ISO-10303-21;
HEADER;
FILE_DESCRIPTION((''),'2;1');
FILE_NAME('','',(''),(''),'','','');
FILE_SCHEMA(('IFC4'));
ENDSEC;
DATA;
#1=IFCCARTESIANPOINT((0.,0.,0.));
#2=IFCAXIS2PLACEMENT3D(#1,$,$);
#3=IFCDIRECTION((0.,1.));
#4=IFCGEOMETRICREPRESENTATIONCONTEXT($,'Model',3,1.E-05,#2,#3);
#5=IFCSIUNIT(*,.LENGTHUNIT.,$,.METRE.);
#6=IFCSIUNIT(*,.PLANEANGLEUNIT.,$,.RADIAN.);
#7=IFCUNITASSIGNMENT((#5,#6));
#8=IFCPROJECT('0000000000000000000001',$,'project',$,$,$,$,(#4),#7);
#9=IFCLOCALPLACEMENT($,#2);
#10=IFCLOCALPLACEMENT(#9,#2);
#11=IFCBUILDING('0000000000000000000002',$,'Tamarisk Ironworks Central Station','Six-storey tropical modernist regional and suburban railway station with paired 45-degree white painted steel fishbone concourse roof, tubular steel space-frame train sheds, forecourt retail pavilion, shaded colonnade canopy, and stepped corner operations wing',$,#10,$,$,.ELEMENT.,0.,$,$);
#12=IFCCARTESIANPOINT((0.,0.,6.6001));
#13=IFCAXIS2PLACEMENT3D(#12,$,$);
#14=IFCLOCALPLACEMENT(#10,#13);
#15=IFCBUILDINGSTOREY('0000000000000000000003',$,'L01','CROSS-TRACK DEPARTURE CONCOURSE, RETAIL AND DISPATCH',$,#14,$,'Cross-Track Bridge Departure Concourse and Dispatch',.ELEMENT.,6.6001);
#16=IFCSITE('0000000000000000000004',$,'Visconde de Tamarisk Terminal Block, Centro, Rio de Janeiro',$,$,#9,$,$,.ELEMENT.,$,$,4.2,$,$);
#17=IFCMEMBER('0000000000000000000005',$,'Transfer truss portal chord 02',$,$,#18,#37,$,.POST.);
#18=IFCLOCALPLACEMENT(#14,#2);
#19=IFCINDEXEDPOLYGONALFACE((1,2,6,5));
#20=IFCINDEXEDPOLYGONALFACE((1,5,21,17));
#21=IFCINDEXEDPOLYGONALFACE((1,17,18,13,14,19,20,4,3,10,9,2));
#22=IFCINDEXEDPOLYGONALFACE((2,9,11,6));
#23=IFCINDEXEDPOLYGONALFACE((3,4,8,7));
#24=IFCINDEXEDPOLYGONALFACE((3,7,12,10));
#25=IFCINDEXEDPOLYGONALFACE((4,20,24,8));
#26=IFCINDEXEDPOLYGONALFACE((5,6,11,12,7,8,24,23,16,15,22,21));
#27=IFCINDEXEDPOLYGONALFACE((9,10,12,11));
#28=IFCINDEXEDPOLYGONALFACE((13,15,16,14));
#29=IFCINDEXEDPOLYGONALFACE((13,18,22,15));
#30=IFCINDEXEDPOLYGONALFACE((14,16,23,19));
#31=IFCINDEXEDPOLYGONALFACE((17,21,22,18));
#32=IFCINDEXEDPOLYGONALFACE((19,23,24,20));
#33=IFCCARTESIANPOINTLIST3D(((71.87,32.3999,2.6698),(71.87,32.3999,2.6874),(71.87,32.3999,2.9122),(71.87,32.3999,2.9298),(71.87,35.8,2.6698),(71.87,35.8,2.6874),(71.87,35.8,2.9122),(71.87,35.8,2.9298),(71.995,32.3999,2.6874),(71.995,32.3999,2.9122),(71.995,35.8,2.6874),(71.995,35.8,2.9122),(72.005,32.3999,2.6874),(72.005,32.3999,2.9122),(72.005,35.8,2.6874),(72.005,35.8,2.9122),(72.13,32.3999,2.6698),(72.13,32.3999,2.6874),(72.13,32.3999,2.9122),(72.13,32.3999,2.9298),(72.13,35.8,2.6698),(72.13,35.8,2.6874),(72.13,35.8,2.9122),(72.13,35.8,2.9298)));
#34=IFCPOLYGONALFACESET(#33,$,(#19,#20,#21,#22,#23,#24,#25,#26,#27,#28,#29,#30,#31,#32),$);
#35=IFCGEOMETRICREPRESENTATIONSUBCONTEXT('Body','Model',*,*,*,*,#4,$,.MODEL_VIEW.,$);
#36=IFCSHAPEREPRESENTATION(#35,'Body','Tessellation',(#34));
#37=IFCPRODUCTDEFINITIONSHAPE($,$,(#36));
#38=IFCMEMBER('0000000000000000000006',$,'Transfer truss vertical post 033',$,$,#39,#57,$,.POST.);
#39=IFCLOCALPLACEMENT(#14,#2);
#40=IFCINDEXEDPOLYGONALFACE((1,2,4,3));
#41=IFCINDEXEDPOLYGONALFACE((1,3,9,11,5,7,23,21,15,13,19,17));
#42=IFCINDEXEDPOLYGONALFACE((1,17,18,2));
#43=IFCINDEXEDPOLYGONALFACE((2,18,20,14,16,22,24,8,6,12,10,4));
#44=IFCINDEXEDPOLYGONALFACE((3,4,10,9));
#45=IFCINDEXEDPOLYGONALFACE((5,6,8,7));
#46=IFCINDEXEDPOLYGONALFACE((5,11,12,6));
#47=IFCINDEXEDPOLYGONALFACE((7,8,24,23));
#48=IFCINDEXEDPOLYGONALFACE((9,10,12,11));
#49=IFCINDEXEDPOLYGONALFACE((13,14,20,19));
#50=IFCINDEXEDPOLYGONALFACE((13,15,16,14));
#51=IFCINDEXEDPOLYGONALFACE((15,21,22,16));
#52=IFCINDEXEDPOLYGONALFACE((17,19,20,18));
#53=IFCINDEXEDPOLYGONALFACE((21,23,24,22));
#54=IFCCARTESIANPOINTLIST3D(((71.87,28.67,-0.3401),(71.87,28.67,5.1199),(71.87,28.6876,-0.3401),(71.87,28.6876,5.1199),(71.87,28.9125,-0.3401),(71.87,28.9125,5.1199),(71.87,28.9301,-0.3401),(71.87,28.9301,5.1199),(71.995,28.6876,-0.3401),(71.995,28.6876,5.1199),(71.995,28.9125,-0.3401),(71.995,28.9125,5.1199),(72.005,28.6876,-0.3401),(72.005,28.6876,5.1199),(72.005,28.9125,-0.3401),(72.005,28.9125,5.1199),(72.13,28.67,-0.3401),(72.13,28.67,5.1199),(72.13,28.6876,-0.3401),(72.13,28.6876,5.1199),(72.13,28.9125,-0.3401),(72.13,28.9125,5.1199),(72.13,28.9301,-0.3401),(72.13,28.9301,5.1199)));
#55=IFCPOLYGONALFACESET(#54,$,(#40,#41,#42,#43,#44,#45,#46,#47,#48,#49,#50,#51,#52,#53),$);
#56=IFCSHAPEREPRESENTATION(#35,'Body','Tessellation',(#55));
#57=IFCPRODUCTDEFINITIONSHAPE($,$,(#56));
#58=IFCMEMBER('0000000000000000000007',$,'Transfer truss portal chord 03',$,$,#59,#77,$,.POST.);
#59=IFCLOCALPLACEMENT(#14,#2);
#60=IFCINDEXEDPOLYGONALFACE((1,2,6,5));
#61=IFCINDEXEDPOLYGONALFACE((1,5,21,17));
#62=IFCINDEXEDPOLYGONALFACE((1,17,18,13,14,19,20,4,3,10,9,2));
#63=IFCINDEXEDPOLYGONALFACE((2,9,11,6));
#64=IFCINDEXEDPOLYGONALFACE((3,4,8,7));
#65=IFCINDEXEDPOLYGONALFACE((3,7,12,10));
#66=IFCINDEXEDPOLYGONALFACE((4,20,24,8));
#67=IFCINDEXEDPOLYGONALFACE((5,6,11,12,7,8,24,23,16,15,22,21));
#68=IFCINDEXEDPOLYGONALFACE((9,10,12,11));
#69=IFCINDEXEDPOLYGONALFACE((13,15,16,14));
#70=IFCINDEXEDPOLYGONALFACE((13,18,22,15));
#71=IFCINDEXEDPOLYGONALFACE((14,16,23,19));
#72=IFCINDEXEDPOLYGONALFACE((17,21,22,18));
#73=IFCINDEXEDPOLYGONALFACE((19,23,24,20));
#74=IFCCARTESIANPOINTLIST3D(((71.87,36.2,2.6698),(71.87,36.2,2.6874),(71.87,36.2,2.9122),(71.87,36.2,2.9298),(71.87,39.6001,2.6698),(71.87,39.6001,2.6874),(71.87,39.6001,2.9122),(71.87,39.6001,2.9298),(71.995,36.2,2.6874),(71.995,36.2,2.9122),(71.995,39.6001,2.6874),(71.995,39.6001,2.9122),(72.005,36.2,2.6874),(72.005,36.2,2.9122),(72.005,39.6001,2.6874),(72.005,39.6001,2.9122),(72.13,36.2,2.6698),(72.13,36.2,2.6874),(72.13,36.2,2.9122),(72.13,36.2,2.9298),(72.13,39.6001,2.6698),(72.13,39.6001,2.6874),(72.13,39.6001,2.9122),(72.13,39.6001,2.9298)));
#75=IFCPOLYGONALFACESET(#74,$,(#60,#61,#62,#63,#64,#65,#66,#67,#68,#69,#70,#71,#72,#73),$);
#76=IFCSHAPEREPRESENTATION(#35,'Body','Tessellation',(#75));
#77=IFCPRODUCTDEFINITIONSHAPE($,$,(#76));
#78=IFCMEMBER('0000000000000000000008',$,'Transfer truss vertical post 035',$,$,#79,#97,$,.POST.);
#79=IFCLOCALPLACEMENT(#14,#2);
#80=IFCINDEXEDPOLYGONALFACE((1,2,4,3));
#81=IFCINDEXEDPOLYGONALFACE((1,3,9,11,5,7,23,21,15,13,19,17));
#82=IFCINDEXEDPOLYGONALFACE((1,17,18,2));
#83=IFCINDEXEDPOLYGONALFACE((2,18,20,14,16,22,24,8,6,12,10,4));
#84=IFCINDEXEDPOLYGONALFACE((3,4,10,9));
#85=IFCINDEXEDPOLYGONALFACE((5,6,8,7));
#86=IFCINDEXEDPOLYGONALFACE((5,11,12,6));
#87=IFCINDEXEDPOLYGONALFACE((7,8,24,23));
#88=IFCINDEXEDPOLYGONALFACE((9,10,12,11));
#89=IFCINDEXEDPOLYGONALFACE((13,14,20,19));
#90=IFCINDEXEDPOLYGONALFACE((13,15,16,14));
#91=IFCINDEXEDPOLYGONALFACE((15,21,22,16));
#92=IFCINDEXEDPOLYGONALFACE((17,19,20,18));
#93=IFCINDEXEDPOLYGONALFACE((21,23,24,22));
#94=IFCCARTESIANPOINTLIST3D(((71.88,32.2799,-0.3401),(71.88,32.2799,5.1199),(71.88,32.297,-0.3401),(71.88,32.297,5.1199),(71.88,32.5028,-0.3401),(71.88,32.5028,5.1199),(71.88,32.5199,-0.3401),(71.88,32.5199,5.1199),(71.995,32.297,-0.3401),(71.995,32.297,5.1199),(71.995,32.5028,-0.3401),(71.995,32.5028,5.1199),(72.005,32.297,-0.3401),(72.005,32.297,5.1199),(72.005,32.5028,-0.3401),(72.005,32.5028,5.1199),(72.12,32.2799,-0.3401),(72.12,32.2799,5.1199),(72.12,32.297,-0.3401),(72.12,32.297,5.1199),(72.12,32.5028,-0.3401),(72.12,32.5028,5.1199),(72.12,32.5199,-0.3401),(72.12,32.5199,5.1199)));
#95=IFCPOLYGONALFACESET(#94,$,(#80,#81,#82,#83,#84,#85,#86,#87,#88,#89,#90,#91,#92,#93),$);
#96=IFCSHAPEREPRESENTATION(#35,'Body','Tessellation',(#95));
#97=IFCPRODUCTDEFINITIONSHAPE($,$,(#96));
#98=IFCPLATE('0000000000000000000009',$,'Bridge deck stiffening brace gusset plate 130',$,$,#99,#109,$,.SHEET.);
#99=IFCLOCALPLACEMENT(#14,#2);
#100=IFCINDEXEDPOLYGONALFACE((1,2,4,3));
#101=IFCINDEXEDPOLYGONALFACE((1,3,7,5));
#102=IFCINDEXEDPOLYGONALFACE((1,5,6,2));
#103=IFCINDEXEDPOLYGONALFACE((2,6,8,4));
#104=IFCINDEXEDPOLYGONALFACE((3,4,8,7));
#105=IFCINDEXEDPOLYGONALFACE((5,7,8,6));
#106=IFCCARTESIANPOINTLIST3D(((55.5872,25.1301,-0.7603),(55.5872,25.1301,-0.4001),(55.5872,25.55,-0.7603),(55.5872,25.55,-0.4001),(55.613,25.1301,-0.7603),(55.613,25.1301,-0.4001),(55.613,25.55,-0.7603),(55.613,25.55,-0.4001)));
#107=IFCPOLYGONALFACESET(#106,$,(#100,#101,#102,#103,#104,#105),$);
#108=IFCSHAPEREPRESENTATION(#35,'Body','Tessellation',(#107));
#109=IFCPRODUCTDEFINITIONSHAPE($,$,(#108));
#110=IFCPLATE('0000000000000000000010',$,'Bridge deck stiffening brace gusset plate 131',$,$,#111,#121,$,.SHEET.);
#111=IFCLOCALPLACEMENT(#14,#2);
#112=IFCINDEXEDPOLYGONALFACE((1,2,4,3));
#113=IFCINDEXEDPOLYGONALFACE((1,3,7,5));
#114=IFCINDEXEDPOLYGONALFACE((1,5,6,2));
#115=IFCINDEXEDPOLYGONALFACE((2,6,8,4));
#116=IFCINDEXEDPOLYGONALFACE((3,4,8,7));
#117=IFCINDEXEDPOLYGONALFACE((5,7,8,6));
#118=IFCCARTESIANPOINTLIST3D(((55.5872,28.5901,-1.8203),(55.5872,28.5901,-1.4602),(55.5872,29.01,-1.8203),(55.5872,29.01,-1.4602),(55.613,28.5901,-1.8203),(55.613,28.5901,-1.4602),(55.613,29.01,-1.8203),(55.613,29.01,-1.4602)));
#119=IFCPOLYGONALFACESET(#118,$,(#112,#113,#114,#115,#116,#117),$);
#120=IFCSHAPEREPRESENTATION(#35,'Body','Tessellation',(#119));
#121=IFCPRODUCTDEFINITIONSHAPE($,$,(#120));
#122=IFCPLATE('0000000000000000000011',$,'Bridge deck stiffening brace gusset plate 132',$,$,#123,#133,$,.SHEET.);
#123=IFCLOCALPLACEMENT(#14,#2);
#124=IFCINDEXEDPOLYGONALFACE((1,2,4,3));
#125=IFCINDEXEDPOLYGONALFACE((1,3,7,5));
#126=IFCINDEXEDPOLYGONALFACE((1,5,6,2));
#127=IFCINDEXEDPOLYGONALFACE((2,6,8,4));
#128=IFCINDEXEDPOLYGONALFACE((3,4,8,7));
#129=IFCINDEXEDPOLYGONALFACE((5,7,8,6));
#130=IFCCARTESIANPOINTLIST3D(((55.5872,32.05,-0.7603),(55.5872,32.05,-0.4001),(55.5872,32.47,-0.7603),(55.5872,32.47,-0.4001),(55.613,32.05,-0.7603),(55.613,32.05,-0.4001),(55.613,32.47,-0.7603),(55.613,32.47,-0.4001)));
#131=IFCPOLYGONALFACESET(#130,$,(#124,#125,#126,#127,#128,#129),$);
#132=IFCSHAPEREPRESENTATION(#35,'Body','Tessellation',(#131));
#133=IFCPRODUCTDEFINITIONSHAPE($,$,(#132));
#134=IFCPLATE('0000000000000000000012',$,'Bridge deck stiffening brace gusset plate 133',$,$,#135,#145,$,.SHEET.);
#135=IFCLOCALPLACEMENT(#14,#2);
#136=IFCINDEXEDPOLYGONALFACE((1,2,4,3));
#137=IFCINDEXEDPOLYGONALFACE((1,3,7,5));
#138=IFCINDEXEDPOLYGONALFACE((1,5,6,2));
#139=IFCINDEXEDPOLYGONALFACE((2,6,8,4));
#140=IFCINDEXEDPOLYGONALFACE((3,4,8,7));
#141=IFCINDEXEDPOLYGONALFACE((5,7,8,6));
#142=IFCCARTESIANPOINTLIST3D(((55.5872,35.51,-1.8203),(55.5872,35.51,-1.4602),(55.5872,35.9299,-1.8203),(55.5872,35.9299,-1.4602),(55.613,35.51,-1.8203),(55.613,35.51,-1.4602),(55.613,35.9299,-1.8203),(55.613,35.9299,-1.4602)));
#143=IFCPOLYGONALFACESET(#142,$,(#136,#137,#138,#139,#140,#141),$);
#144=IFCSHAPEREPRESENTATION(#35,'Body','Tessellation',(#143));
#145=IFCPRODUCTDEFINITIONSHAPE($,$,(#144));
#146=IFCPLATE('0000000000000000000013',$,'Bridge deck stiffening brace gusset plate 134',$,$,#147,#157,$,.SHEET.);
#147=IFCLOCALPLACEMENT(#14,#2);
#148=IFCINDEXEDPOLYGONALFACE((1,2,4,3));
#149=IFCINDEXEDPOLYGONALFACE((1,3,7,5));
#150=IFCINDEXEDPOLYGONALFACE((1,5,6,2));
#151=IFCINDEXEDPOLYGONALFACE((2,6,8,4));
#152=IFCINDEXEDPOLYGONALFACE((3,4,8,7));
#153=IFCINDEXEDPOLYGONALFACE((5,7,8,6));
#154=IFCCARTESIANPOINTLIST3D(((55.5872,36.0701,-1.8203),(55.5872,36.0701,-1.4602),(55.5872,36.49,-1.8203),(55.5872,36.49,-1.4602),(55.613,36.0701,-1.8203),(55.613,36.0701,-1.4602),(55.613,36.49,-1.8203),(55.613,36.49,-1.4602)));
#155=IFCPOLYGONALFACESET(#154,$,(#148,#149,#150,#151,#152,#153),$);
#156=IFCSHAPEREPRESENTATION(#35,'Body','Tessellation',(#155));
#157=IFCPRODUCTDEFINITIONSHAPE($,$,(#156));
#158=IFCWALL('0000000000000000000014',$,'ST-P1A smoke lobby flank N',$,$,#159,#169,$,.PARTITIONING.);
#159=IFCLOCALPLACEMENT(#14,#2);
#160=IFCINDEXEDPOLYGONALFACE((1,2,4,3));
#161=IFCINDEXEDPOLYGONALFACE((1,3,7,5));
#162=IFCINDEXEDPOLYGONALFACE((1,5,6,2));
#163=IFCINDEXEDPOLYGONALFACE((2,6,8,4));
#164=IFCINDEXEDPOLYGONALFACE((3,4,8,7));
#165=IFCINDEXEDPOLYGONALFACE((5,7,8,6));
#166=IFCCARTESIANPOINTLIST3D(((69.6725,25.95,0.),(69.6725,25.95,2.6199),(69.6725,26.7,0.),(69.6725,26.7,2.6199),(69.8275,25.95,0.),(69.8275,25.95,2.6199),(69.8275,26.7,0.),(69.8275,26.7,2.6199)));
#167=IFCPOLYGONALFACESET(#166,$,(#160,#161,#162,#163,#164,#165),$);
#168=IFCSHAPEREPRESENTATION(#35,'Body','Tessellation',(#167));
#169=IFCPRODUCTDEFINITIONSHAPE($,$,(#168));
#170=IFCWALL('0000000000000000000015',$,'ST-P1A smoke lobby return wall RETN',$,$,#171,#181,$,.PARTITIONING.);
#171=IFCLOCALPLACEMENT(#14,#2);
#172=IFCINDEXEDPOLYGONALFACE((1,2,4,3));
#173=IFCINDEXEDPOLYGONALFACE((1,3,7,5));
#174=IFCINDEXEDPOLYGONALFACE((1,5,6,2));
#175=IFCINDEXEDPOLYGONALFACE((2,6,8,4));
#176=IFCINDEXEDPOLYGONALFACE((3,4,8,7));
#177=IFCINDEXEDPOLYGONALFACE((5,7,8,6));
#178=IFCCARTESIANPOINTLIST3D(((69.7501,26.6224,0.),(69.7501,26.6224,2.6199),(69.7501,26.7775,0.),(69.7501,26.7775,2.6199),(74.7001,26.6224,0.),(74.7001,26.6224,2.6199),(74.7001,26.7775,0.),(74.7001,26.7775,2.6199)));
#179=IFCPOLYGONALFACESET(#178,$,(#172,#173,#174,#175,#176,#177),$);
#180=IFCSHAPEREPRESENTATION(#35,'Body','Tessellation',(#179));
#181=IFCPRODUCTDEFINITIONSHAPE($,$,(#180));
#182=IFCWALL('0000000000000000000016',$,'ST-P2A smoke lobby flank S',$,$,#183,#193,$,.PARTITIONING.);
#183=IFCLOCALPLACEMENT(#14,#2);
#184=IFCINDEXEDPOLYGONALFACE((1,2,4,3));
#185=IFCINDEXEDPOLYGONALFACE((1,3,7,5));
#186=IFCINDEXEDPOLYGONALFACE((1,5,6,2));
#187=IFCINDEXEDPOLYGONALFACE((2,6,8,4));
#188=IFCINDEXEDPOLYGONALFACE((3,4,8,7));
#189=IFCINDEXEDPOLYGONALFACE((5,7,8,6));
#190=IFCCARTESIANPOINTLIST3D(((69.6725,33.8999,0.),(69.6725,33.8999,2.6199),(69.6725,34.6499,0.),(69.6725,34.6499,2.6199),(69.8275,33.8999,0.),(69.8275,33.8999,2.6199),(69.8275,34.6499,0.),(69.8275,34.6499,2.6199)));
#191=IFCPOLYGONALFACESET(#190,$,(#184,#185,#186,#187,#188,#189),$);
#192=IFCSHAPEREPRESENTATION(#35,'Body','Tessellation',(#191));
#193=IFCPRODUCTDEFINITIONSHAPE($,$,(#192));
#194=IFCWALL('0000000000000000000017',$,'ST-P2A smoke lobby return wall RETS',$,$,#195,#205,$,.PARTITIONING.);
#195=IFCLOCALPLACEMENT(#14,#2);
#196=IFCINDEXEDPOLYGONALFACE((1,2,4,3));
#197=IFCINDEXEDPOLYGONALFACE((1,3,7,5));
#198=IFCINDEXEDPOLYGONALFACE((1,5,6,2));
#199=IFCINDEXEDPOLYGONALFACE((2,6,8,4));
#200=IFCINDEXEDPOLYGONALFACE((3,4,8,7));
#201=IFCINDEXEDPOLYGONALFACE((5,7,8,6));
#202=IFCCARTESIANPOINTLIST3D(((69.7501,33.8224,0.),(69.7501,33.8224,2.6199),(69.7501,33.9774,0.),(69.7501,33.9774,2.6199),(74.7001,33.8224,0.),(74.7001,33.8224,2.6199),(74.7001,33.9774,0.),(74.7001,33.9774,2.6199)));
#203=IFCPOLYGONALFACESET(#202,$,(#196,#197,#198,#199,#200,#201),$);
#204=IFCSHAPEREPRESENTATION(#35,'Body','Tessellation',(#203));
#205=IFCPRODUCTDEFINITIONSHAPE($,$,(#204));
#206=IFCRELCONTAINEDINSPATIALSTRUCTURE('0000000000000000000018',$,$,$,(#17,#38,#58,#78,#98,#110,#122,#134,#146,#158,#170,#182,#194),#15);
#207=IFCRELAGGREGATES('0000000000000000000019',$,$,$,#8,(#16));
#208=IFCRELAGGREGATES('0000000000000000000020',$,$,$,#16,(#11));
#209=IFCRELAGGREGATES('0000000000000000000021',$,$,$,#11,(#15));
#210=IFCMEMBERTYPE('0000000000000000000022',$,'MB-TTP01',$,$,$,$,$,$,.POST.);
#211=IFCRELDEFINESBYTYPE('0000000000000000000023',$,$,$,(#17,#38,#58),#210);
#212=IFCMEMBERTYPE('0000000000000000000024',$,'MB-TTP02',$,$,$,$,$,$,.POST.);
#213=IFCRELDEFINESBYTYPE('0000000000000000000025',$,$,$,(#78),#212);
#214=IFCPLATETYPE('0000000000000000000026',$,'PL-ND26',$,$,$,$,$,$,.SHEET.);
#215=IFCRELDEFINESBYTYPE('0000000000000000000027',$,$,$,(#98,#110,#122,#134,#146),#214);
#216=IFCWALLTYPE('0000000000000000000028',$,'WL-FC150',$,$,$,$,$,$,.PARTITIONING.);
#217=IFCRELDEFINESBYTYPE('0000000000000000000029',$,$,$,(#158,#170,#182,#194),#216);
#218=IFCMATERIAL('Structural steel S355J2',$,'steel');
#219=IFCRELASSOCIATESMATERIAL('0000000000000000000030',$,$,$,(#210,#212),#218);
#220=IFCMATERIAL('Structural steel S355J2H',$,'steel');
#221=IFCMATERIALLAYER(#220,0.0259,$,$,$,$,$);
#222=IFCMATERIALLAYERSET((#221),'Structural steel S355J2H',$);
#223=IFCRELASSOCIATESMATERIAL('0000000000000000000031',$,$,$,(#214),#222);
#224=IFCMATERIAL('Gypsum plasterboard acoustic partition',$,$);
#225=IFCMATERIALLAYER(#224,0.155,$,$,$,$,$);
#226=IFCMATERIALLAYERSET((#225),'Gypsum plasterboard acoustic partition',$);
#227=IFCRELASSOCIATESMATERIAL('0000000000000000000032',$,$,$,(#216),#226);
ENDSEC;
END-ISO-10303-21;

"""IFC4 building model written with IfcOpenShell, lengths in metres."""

from ifc_helpers import new_model, si_unit, direction, frame, frame_2d, origin, origin_2d, place, context, subcontext, project, spatial, rectangle, i_section, extrude, material, layer, layer_set, material_profile, profile_set, type_object, element, save


model = new_model("IFC4")

# Units and contexts
model_context = context("Model", 3, precision=1e-05, world=origin(), true_north=direction((0.0, 1.0)))
body_context = subcontext(model_context, "Body", "Model", "MODEL_VIEW")
ifc_project = project(units=[si_unit("LENGTHUNIT", "METRE"), si_unit("PLANEANGLEUNIT", "RADIAN")], contexts=[model_context])

# Site, building, storey
site_placement = place(None, origin())
site = spatial("IfcSite", under=ifc_project, at=site_placement, Name="Visconde de Tamarisk Terminal Block, Centro, Rio de Janeiro", CompositionType="ELEMENT", RefElevation=4.2)
building_placement = place(site_placement, origin())
building = spatial("IfcBuilding", under=site, at=building_placement, Name="Tamarisk Ironworks Central Station", Description="Six-storey tropical modernist regional and suburban railway station with paired 45-degree white painted steel fishbone concourse roof, tubular steel space-frame train sheds, forecourt retail pavilion, shaded colonnade canopy, and stepped corner operations wing", CompositionType="ELEMENT", ElevationOfRefHeight=0.0)
storey_placement = place(building_placement, frame((0.0, 0.0, 6.6001)))
storey = spatial("IfcBuildingStorey", under=building, at=storey_placement, Name="L01", Description="CROSS-TRACK DEPARTURE CONCOURSE, RETAIL AND DISPATCH", LongName="Cross-Track Bridge Departure Concourse and Dispatch", CompositionType="ELEMENT", Elevation=6.6001)

# Shared definitions
ifc_material_1 = material(Name="Structural steel S355J2", Category="steel")

# Members
ifc_material_2 = material(Name="Structural steel S355J2H", Category="steel")
ifc_material_profile_1 = material_profile(ifc_material_1, i_section(OverallWidth=0.26, OverallDepth=0.26, WebThickness=0.01, FlangeThickness=0.0176, at=origin_2d()), Name="HEB 260")
ifc_profile_set_1 = profile_set([ifc_material_profile_1], Name="Structural steel S355J2")
member_type_1 = type_object("IfcMemberType", Name="MB-TTP01", PredefinedType="POST", material=ifc_profile_set_1)
member_1_placement = place(storey_placement, frame((72.0, 32.3999, 2.7998), z_axis=(0.0, 1.0, 0.0), x_axis=(-1.0, 0.0, 0.0)))
element("IfcMember", 1, at=member_1_placement, inside=storey, type_object=member_type_1, Name="Transfer truss portal chord 02", PredefinedType="POST", context=body_context, shape_type="SweptSolid", body=[
    extrude(i_section(OverallWidth=0.26, OverallDepth=0.26, WebThickness=0.01, FlangeThickness=0.0176, at=origin_2d()), origin(), (0.0, 0.0, 1.0), 3.4001),
])
member_2_placement = place(storey_placement, frame((72.0, 28.8, -0.3401), z_axis=(0.0, 0.0, 1.0), x_axis=(1.0, 0.0, 0.0)))
element("IfcMember", 2, at=member_2_placement, inside=storey, type_object=member_type_1, Name="Transfer truss vertical post 033", PredefinedType="POST", context=body_context, shape_type="SweptSolid", body=[
    extrude(i_section(OverallWidth=0.26, OverallDepth=0.26, WebThickness=0.01, FlangeThickness=0.0176, at=origin_2d()), origin(), (0.0, 0.0, 1.0), 5.46),
])
member_3_placement = place(storey_placement, frame((72.0, 36.2, 2.7998), z_axis=(0.0, 1.0, 0.0), x_axis=(-1.0, 0.0, 0.0)))
element("IfcMember", 3, at=member_3_placement, inside=storey, type_object=member_type_1, Name="Transfer truss portal chord 03", PredefinedType="POST", context=body_context, shape_type="SweptSolid", body=[
    extrude(i_section(OverallWidth=0.26, OverallDepth=0.26, WebThickness=0.01, FlangeThickness=0.0176, at=origin_2d()), origin(), (0.0, 0.0, 1.0), 3.4001),
])
ifc_material_profile_2 = material_profile(ifc_material_1, i_section(OverallWidth=0.24, OverallDepth=0.24, WebThickness=0.01, FlangeThickness=0.0171, at=origin_2d()), Name="HEB 240")
ifc_profile_set_2 = profile_set([ifc_material_profile_2], Name="Structural steel S355J2")
member_type_2 = type_object("IfcMemberType", Name="MB-TTP02", PredefinedType="POST", material=ifc_profile_set_2)
member_4_placement = place(storey_placement, frame((72.0, 32.3999, -0.3401), z_axis=(0.0, 0.0, 1.0), x_axis=(1.0, 0.0, 0.0)))
element("IfcMember", 4, at=member_4_placement, inside=storey, type_object=member_type_2, Name="Transfer truss vertical post 035", PredefinedType="POST", context=body_context, shape_type="SweptSolid", body=[
    extrude(i_section(OverallWidth=0.24, OverallDepth=0.24, WebThickness=0.01, FlangeThickness=0.0171, at=origin_2d()), origin(), (0.0, 0.0, 1.0), 5.46),
])

# Plates
ifc_layer_1 = layer(ifc_material_2, 0.0259)
ifc_layer_set_1 = layer_set([ifc_layer_1], Name="Structural steel S355J2H")
plate_type = type_object("IfcPlateType", Name="PL-ND26", PredefinedType="SHEET", material=ifc_layer_set_1)
for number, where, z_axis, x_axis, name in (
    (5, (55.6001, 25.3401, -0.7603), (0.0, 0.0, 1.0), (1.0, 0.0, 0.0), "Bridge deck stiffening brace gusset plate 130"),
    (6, (55.6001, 28.8, -1.8203), (0.0, 0.0, 1.0), (1.0, 0.0, 0.0), "Bridge deck stiffening brace gusset plate 131"),
    (7, (55.6001, 32.26, -0.7603), (0.0, 0.0, 1.0), (1.0, 0.0, 0.0), "Bridge deck stiffening brace gusset plate 132"),
    (8, (55.6001, 35.72, -1.8203), (0.0, 0.0, 1.0), (1.0, 0.0, 0.0), "Bridge deck stiffening brace gusset plate 133"),
    (9, (55.6001, 36.28, -1.8203), (0.0, 0.0, 1.0), (1.0, 0.0, 0.0), "Bridge deck stiffening brace gusset plate 134"),
):
    element("IfcPlate", number, at=place(storey_placement, frame(where, z_axis=z_axis, x_axis=x_axis)), inside=storey, type_object=plate_type, Name=name, PredefinedType="SHEET", context=body_context, shape_type="SweptSolid", body=[
        extrude(rectangle(XDim=0.0259, YDim=0.4199, at=origin_2d()), origin(), (0.0, 0.0, 1.0), 0.3601),
    ])

# Walls
ifc_material_3 = material(Name="Gypsum plasterboard acoustic partition")
ifc_layer_2 = layer(ifc_material_3, 0.155)
ifc_layer_set_2 = layer_set([ifc_layer_2], Name="Gypsum plasterboard acoustic partition")
wall_type_1 = type_object("IfcWallType", Name="WL-FC150", PredefinedType="PARTITIONING", material=ifc_layer_set_2)
wall_1_placement = place(storey_placement, frame((69.75, 25.95, 0.0), z_axis=(0.0, 0.0, 1.0), x_axis=(0.0, 1.0, 0.0)))
element("IfcWall", 10, at=wall_1_placement, inside=storey, type_object=wall_type_1, Name="ST-P1A smoke lobby flank N", PredefinedType="PARTITIONING", context=body_context, shape_type="SweptSolid", body=[
    extrude(rectangle(XDim=0.75, YDim=0.155, at=frame_2d((0.375, 0.0))), origin(), (0.0, 0.0, 1.0), 2.6199),
])
wall_2_placement = place(storey_placement, frame((69.75, 26.7, 0.0), z_axis=(0.0, 0.0, 1.0), x_axis=(1.0, 0.0, 0.0)))
element("IfcWall", 11, at=wall_2_placement, inside=storey, type_object=wall_type_1, Name="ST-P1A smoke lobby return wall RETN", PredefinedType="PARTITIONING", context=body_context, shape_type="SweptSolid", body=[
    extrude(rectangle(XDim=4.95, YDim=0.155, at=frame_2d((2.4751, 0.0))), origin(), (0.0, 0.0, 1.0), 2.6199),
])
wall_3_placement = place(storey_placement, frame((69.75, 33.8999, 0.0), z_axis=(0.0, 0.0, 1.0), x_axis=(0.0, 1.0, 0.0)))
element("IfcWall", 12, at=wall_3_placement, inside=storey, type_object=wall_type_1, Name="ST-P2A smoke lobby flank S", PredefinedType="PARTITIONING", context=body_context, shape_type="SweptSolid", body=[
    extrude(rectangle(XDim=0.75, YDim=0.155, at=frame_2d((0.375, 0.0))), origin(), (0.0, 0.0, 1.0), 2.6199),
])
wall_4_placement = place(storey_placement, frame((69.75, 33.8999, 0.0), z_axis=(0.0, 0.0, 1.0), x_axis=(1.0, 0.0, 0.0)))
element("IfcWall", 13, at=wall_4_placement, inside=storey, type_object=wall_type_1, Name="ST-P2A smoke lobby return wall RETS", PredefinedType="PARTITIONING", context=body_context, shape_type="SweptSolid", body=[
    extrude(rectangle(XDim=4.95, YDim=0.155, at=frame_2d((2.4751, 0.0))), origin(), (0.0, 0.0, 1.0), 2.6199),
])

save(model, "model.ifc")
